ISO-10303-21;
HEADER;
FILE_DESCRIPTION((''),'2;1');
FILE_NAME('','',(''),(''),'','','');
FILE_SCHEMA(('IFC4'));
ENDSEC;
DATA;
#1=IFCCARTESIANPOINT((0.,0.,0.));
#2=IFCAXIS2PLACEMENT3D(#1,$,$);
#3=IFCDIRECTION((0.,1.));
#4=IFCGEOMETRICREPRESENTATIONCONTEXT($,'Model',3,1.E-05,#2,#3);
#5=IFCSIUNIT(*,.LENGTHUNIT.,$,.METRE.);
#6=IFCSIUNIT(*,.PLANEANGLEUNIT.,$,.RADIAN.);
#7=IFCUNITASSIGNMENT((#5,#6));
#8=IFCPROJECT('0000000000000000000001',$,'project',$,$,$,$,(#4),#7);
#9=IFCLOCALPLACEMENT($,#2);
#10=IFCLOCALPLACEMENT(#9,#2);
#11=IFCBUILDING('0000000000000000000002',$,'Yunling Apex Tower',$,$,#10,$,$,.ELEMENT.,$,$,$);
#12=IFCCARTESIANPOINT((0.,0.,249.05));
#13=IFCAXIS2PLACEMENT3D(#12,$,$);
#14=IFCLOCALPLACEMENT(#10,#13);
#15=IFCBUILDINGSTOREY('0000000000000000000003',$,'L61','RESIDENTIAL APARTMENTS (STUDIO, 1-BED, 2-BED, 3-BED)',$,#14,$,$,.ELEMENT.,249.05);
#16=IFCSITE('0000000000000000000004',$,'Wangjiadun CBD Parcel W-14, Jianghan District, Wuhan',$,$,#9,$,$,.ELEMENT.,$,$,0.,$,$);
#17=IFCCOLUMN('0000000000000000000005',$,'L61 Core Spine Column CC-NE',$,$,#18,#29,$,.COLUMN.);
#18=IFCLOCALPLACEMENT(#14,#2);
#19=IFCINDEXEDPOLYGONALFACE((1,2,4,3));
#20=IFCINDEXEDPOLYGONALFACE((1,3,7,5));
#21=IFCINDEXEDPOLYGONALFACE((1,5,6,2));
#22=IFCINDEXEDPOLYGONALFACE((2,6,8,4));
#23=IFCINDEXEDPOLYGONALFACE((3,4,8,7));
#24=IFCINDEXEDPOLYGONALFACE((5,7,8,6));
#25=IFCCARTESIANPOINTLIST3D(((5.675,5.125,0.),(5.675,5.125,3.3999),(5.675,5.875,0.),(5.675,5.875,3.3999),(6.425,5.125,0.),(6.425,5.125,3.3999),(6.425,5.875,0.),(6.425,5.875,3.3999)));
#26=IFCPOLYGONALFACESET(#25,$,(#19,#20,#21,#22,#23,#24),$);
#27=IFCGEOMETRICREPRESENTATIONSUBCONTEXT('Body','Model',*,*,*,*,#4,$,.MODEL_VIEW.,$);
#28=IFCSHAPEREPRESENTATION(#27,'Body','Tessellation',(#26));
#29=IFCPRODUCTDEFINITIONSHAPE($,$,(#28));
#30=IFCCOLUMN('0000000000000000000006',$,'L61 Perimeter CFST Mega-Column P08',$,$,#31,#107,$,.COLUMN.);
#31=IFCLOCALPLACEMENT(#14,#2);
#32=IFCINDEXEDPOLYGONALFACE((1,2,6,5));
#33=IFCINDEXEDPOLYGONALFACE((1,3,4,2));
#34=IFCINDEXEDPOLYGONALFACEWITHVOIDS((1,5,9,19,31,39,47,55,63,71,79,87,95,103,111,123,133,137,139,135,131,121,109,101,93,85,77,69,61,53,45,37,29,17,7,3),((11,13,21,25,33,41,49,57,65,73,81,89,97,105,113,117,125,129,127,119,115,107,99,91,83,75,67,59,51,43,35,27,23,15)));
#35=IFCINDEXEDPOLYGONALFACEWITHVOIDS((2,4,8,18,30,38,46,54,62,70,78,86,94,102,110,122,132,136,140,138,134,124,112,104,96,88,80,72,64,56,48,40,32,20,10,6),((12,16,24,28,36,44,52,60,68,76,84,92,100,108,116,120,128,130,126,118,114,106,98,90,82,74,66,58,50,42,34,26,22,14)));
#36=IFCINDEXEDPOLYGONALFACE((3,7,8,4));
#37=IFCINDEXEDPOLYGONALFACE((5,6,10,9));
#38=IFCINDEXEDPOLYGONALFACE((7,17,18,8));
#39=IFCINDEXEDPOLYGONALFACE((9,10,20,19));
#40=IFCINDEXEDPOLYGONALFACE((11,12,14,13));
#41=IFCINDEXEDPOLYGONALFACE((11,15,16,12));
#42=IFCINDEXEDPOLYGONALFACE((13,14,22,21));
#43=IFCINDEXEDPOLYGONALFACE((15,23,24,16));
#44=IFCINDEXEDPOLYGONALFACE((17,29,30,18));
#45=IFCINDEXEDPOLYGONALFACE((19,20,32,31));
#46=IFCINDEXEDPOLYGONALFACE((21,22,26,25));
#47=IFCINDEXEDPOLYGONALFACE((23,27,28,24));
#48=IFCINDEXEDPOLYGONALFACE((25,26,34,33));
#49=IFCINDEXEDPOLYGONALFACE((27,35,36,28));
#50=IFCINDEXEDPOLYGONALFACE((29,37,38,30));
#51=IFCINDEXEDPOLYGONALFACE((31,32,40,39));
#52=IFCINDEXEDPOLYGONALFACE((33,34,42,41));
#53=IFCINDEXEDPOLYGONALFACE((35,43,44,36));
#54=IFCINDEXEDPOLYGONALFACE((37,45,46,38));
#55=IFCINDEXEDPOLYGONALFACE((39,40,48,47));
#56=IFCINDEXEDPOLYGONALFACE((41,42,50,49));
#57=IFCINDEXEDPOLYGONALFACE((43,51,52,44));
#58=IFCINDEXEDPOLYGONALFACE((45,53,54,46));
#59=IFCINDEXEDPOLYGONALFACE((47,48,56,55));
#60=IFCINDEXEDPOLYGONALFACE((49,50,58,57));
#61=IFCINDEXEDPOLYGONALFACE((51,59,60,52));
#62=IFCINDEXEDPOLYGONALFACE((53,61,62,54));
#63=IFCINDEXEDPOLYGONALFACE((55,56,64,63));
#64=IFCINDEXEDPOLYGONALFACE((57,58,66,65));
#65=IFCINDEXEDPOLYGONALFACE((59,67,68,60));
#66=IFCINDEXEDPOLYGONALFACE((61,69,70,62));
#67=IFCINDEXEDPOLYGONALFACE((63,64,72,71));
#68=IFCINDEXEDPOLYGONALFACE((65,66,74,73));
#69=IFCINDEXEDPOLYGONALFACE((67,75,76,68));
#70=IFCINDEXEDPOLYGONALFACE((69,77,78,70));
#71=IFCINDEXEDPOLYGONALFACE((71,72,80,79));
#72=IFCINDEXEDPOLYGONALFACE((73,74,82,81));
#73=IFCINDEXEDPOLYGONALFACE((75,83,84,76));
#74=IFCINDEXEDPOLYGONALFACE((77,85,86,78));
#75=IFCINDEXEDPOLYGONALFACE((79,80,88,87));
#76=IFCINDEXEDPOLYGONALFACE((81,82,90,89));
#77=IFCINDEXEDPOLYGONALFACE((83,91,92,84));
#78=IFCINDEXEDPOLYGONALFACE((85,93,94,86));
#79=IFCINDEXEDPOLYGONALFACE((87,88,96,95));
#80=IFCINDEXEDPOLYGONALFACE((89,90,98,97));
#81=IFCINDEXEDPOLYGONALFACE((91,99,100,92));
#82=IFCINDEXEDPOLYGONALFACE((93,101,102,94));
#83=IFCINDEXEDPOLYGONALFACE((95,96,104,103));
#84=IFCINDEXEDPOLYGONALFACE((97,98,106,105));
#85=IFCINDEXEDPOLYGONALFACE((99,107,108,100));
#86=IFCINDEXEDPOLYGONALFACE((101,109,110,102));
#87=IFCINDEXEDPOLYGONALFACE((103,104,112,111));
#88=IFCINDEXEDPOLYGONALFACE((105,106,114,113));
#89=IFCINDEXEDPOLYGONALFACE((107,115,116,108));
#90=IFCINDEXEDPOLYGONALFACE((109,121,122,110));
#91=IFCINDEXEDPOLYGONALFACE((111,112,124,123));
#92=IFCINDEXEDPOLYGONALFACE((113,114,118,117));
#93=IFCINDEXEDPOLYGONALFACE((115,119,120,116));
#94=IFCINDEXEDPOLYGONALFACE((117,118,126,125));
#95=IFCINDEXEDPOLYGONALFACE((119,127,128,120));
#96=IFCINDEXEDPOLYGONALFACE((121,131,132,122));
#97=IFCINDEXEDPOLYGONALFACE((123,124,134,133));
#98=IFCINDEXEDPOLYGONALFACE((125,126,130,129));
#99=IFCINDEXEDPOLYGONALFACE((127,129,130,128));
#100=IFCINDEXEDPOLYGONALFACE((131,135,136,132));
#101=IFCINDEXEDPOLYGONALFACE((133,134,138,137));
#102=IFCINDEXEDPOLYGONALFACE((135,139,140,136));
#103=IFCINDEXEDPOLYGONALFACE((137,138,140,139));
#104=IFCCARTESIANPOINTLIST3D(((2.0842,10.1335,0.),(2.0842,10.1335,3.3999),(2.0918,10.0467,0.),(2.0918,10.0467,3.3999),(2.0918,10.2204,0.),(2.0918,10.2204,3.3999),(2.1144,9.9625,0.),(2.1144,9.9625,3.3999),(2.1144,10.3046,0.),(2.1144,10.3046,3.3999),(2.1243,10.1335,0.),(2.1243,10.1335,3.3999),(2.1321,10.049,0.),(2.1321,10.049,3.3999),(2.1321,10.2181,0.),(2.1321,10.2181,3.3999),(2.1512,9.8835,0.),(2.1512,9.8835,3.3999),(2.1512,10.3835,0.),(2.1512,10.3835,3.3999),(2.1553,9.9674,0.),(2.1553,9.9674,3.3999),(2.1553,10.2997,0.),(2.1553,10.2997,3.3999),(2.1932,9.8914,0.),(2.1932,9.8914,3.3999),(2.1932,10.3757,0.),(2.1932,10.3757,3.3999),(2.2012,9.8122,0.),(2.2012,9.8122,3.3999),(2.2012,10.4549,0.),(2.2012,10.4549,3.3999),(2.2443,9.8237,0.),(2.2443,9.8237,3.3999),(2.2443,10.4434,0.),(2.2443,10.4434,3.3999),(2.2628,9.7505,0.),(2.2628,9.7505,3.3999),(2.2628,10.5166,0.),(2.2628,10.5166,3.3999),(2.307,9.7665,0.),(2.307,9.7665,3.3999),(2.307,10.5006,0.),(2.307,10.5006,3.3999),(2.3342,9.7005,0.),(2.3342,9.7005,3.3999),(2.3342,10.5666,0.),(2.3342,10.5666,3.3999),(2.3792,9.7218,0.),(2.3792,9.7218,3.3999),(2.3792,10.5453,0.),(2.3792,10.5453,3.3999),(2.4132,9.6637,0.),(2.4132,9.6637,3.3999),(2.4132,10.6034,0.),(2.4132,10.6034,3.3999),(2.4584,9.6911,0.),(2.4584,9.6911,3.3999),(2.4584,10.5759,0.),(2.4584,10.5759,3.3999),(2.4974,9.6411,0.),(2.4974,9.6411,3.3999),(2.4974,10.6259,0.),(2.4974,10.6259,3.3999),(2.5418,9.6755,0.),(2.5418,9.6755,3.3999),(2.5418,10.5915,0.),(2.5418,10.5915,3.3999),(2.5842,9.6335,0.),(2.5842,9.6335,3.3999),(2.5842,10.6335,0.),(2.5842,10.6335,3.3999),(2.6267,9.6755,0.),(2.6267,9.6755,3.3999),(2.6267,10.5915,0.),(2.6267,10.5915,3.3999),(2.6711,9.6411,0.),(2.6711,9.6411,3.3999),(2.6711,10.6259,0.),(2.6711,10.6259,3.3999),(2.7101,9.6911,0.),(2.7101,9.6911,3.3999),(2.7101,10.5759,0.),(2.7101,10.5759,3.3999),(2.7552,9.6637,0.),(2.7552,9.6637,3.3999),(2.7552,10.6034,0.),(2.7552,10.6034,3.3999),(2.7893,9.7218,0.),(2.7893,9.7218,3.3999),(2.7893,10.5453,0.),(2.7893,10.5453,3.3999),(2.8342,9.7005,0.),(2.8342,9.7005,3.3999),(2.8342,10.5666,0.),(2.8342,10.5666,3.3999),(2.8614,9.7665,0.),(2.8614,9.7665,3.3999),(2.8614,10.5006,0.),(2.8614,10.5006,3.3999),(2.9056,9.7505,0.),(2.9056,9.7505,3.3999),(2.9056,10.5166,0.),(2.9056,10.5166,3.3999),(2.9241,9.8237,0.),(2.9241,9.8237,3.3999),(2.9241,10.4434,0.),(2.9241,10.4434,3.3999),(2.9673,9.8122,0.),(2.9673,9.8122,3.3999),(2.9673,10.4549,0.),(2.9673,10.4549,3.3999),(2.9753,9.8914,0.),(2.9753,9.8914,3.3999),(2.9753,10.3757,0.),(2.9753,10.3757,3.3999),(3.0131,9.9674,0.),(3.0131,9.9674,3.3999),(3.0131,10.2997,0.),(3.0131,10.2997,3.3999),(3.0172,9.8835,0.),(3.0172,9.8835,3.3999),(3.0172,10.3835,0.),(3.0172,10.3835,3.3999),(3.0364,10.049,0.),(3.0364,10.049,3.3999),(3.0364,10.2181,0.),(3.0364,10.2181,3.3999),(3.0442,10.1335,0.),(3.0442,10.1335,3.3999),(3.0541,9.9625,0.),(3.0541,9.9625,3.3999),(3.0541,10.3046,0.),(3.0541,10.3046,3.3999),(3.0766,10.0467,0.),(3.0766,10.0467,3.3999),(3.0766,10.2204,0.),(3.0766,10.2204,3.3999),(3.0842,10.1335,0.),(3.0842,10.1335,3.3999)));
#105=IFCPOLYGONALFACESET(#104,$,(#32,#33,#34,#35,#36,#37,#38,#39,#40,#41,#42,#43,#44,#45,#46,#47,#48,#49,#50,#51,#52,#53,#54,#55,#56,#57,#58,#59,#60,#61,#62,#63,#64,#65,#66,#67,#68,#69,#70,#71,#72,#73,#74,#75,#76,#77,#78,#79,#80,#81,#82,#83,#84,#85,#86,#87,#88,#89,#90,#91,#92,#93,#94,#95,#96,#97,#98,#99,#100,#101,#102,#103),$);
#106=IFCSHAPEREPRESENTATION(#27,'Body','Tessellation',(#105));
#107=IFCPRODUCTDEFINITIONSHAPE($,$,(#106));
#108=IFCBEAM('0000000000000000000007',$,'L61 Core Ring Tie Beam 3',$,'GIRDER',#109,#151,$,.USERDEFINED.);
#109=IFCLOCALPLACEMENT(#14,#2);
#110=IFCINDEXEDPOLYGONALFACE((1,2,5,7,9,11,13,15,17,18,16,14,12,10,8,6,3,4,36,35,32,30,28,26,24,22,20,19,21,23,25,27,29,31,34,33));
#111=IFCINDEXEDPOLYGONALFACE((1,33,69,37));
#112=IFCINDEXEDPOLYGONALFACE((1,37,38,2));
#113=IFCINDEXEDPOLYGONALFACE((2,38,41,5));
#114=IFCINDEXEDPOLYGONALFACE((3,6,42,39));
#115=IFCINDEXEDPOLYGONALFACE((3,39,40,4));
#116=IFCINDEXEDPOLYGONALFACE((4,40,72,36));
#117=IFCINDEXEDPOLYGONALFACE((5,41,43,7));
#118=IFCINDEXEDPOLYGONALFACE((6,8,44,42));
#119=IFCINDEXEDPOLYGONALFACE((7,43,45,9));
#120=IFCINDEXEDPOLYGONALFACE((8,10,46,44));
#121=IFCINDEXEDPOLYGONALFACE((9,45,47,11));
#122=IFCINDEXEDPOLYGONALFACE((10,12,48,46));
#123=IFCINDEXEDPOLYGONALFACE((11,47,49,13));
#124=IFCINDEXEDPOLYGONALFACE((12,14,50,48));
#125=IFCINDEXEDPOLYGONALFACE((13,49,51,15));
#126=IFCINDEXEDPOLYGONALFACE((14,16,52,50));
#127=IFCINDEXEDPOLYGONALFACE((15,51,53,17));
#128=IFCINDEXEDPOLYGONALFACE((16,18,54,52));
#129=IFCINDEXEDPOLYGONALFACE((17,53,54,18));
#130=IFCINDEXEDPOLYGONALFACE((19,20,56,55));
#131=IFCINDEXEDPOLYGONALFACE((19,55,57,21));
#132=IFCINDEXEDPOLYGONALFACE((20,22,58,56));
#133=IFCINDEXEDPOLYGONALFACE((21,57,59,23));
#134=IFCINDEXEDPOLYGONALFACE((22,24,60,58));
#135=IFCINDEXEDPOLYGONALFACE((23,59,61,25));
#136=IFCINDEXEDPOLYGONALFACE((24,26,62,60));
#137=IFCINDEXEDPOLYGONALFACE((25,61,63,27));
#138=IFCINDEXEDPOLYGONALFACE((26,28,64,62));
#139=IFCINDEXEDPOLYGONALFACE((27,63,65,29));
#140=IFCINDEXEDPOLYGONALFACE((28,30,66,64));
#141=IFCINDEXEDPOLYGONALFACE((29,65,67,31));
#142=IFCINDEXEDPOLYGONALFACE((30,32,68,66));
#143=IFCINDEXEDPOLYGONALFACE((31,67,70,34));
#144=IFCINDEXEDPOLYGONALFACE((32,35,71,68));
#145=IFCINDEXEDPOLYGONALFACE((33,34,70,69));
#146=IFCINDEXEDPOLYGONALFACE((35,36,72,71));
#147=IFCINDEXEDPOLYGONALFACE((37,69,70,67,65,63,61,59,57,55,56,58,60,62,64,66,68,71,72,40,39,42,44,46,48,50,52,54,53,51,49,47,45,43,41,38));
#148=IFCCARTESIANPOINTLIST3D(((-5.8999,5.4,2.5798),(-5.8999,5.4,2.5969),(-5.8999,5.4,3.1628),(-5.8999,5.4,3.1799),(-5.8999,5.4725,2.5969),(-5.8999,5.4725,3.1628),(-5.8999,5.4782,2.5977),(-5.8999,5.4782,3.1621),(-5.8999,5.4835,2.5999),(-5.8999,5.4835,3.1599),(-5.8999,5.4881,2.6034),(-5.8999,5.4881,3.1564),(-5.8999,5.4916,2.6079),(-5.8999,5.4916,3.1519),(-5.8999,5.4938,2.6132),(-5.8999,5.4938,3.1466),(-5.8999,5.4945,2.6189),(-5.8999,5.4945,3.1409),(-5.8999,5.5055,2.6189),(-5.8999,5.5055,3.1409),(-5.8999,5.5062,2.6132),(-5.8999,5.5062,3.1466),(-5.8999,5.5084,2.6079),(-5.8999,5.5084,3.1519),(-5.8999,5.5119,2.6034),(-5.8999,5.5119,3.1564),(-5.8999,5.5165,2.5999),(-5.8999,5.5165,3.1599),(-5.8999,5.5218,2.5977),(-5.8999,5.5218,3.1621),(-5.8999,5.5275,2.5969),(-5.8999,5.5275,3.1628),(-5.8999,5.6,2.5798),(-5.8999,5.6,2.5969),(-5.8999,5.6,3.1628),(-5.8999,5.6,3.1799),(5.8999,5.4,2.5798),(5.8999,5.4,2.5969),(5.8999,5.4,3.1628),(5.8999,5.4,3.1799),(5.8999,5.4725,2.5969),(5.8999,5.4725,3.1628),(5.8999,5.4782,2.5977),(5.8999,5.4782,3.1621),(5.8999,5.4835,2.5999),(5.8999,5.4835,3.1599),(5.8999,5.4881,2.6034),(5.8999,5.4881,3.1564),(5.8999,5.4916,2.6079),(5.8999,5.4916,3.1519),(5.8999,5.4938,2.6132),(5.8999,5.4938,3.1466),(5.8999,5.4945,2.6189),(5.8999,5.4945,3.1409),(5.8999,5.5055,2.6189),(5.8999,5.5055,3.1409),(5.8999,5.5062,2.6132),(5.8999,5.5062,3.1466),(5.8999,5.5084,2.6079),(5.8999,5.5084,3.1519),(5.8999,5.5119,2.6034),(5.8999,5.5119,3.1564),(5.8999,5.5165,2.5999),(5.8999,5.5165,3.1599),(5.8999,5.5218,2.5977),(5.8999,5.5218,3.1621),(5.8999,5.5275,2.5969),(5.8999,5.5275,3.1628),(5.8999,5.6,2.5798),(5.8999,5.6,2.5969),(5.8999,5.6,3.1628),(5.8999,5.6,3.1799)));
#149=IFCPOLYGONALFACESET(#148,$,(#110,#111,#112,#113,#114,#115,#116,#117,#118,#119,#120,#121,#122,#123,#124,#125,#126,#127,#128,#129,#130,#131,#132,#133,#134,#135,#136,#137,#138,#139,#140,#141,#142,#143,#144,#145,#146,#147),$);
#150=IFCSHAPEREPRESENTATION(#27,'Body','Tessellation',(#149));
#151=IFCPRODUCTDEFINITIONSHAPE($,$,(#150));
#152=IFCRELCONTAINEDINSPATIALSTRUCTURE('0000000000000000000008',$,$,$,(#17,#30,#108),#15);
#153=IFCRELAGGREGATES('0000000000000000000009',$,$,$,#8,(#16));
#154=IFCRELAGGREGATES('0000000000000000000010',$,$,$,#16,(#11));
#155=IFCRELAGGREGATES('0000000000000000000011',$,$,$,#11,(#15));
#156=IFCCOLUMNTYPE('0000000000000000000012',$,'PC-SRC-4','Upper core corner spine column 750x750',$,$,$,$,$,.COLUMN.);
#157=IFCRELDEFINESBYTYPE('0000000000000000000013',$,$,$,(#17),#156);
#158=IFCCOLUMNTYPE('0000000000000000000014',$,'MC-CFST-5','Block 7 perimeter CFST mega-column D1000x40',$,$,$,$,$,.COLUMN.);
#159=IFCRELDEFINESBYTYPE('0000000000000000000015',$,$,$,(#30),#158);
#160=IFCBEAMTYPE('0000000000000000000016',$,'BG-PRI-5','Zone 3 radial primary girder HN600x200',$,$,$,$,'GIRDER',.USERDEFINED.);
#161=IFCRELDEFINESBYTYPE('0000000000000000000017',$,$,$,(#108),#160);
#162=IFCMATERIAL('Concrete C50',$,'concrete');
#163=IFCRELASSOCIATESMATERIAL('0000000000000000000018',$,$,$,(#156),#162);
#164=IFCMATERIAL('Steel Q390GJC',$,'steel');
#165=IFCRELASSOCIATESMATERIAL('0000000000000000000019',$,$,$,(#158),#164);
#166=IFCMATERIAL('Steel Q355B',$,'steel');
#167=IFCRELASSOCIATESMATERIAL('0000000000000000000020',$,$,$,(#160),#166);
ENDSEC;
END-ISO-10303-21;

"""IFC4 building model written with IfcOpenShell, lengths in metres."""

from ifc_helpers import new_model, si_unit, direction, frame, origin, origin_2d, place, context, subcontext, project, spatial, rectangle, hollow_circle, i_section, extrude, source, transform, mapped, material, material_profile, profile_set, type_object, element, save


model = new_model("IFC4")

# Units and contexts
model_context = context("Model", 3, precision=1e-05, world=origin(), true_north=direction((0.0, 1.0)))
body_context = subcontext(model_context, "Body", "Model", "MODEL_VIEW")
ifc_project = project(units=[si_unit("LENGTHUNIT", "METRE"), si_unit("PLANEANGLEUNIT", "RADIAN")], contexts=[model_context])

# Site, building, storey
site_placement = place(None, origin())
site = spatial("IfcSite", under=ifc_project, at=site_placement, Name="Wangjiadun CBD Parcel W-14, Jianghan District, Wuhan", CompositionType="ELEMENT", RefElevation=0.0)
building_placement = place(site_placement, origin())
building = spatial("IfcBuilding", under=site, at=building_placement, Name="Yunling Apex Tower", CompositionType="ELEMENT")
storey_placement = place(building_placement, frame((0.0, 0.0, 249.05)))
storey = spatial("IfcBuildingStorey", under=building, at=storey_placement, Name="L61", Description="RESIDENTIAL APARTMENTS (STUDIO, 1-BED, 2-BED, 3-BED)", CompositionType="ELEMENT", Elevation=249.05)

# Columns
ifc_material_1 = material(Name="Concrete C50", Category="concrete")
ifc_material_profile_1 = material_profile(ifc_material_1, rectangle(XDim=0.75, YDim=0.75, at=origin_2d()))
ifc_profile_set_1 = profile_set([ifc_material_profile_1], Name="Concrete C50")
column_type_1 = type_object("IfcColumnType", Name="PC-SRC-4", Description="Upper core corner spine column 750x750", PredefinedType="COLUMN", material=ifc_profile_set_1)
shared_shape_1 = source(origin(), body_context, "Body", "SweptSolid", [
    extrude(rectangle(XDim=0.75, YDim=0.75, at=origin_2d()), origin(), (0.0, 0.0, 1.0), 3.3999),
])
column_1_placement = place(storey_placement, frame((6.05, 5.5, 0.0), z_axis=(0.0, 0.0, 1.0), x_axis=(1.0, 0.0, 0.0)))
element("IfcColumn", 1, at=column_1_placement, inside=storey, type_object=column_type_1, Name="L61 Core Spine Column CC-NE", PredefinedType="COLUMN", context=body_context, shape_type="MappedRepresentation", body=[
    mapped(shared_shape_1, transform((0.0, 0.0, 0.0), scale=1.0)),
])
ifc_material_2 = material(Name="Steel Q390GJC", Category="steel")
ifc_material_profile_2 = material_profile(ifc_material_2, hollow_circle(Radius=0.5, WallThickness=0.04, at=origin_2d()))
ifc_profile_set_2 = profile_set([ifc_material_profile_2], Name="Steel Q390GJC")
column_type_2 = type_object("IfcColumnType", Name="MC-CFST-5", Description="Block 7 perimeter CFST mega-column D1000x40", PredefinedType="COLUMN", material=ifc_profile_set_2)
shared_shape_2 = source(origin(), body_context, "Body", "SweptSolid", [
    extrude(hollow_circle(Radius=0.5, WallThickness=0.04, at=origin_2d()), origin(), (0.0, 0.0, 1.0), 3.3999),
])
column_2_placement = place(storey_placement, frame((2.5842, 10.1335, 0.0), z_axis=(0.0, 0.0, 1.0), x_axis=(1.0, 0.0, 0.0)))
element("IfcColumn", 2, at=column_2_placement, inside=storey, type_object=column_type_2, Name="L61 Perimeter CFST Mega-Column P08", PredefinedType="COLUMN", context=body_context, shape_type="MappedRepresentation", body=[
    mapped(shared_shape_2, transform((0.0, 0.0, 0.0), scale=1.0)),
])

# Beam
ifc_material_3 = material(Name="Steel Q355B", Category="steel")
ifc_material_profile_3 = material_profile(ifc_material_3, i_section(OverallWidth=0.2, OverallDepth=0.6001, WebThickness=0.011, FlangeThickness=0.0171, FilletRadius=0.022, at=origin_2d()))
ifc_profile_set_3 = profile_set([ifc_material_profile_3], Name="Steel Q355B")
beam_type_1 = type_object("IfcBeamType", Name="BG-PRI-5", Description="Zone 3 radial primary girder HN600x200", ElementType="GIRDER", PredefinedType="USERDEFINED", material=ifc_profile_set_3)
shared_shape_3 = source(origin(), body_context, "Body", "SweptSolid", [
    extrude(i_section(OverallWidth=0.2, OverallDepth=0.6001, WebThickness=0.011, FlangeThickness=0.0171, FilletRadius=0.022, at=origin_2d()), origin(), (0.0, 0.0, 1.0), 11.7998),
])
beam_1_placement = place(storey_placement, frame((5.8999, 5.5, 2.8799), z_axis=(-1.0, 0.0, 0.0), x_axis=(0.0, -1.0, 0.0)))
element("IfcBeam", 3, at=beam_1_placement, inside=storey, type_object=beam_type_1, Name="L61 Core Ring Tie Beam 3", ObjectType="GIRDER", PredefinedType="USERDEFINED", context=body_context, shape_type="MappedRepresentation", body=[
    mapped(shared_shape_3, transform((0.0, 0.0, 0.0), scale=1.0)),
])

save(model, "model.ifc")
